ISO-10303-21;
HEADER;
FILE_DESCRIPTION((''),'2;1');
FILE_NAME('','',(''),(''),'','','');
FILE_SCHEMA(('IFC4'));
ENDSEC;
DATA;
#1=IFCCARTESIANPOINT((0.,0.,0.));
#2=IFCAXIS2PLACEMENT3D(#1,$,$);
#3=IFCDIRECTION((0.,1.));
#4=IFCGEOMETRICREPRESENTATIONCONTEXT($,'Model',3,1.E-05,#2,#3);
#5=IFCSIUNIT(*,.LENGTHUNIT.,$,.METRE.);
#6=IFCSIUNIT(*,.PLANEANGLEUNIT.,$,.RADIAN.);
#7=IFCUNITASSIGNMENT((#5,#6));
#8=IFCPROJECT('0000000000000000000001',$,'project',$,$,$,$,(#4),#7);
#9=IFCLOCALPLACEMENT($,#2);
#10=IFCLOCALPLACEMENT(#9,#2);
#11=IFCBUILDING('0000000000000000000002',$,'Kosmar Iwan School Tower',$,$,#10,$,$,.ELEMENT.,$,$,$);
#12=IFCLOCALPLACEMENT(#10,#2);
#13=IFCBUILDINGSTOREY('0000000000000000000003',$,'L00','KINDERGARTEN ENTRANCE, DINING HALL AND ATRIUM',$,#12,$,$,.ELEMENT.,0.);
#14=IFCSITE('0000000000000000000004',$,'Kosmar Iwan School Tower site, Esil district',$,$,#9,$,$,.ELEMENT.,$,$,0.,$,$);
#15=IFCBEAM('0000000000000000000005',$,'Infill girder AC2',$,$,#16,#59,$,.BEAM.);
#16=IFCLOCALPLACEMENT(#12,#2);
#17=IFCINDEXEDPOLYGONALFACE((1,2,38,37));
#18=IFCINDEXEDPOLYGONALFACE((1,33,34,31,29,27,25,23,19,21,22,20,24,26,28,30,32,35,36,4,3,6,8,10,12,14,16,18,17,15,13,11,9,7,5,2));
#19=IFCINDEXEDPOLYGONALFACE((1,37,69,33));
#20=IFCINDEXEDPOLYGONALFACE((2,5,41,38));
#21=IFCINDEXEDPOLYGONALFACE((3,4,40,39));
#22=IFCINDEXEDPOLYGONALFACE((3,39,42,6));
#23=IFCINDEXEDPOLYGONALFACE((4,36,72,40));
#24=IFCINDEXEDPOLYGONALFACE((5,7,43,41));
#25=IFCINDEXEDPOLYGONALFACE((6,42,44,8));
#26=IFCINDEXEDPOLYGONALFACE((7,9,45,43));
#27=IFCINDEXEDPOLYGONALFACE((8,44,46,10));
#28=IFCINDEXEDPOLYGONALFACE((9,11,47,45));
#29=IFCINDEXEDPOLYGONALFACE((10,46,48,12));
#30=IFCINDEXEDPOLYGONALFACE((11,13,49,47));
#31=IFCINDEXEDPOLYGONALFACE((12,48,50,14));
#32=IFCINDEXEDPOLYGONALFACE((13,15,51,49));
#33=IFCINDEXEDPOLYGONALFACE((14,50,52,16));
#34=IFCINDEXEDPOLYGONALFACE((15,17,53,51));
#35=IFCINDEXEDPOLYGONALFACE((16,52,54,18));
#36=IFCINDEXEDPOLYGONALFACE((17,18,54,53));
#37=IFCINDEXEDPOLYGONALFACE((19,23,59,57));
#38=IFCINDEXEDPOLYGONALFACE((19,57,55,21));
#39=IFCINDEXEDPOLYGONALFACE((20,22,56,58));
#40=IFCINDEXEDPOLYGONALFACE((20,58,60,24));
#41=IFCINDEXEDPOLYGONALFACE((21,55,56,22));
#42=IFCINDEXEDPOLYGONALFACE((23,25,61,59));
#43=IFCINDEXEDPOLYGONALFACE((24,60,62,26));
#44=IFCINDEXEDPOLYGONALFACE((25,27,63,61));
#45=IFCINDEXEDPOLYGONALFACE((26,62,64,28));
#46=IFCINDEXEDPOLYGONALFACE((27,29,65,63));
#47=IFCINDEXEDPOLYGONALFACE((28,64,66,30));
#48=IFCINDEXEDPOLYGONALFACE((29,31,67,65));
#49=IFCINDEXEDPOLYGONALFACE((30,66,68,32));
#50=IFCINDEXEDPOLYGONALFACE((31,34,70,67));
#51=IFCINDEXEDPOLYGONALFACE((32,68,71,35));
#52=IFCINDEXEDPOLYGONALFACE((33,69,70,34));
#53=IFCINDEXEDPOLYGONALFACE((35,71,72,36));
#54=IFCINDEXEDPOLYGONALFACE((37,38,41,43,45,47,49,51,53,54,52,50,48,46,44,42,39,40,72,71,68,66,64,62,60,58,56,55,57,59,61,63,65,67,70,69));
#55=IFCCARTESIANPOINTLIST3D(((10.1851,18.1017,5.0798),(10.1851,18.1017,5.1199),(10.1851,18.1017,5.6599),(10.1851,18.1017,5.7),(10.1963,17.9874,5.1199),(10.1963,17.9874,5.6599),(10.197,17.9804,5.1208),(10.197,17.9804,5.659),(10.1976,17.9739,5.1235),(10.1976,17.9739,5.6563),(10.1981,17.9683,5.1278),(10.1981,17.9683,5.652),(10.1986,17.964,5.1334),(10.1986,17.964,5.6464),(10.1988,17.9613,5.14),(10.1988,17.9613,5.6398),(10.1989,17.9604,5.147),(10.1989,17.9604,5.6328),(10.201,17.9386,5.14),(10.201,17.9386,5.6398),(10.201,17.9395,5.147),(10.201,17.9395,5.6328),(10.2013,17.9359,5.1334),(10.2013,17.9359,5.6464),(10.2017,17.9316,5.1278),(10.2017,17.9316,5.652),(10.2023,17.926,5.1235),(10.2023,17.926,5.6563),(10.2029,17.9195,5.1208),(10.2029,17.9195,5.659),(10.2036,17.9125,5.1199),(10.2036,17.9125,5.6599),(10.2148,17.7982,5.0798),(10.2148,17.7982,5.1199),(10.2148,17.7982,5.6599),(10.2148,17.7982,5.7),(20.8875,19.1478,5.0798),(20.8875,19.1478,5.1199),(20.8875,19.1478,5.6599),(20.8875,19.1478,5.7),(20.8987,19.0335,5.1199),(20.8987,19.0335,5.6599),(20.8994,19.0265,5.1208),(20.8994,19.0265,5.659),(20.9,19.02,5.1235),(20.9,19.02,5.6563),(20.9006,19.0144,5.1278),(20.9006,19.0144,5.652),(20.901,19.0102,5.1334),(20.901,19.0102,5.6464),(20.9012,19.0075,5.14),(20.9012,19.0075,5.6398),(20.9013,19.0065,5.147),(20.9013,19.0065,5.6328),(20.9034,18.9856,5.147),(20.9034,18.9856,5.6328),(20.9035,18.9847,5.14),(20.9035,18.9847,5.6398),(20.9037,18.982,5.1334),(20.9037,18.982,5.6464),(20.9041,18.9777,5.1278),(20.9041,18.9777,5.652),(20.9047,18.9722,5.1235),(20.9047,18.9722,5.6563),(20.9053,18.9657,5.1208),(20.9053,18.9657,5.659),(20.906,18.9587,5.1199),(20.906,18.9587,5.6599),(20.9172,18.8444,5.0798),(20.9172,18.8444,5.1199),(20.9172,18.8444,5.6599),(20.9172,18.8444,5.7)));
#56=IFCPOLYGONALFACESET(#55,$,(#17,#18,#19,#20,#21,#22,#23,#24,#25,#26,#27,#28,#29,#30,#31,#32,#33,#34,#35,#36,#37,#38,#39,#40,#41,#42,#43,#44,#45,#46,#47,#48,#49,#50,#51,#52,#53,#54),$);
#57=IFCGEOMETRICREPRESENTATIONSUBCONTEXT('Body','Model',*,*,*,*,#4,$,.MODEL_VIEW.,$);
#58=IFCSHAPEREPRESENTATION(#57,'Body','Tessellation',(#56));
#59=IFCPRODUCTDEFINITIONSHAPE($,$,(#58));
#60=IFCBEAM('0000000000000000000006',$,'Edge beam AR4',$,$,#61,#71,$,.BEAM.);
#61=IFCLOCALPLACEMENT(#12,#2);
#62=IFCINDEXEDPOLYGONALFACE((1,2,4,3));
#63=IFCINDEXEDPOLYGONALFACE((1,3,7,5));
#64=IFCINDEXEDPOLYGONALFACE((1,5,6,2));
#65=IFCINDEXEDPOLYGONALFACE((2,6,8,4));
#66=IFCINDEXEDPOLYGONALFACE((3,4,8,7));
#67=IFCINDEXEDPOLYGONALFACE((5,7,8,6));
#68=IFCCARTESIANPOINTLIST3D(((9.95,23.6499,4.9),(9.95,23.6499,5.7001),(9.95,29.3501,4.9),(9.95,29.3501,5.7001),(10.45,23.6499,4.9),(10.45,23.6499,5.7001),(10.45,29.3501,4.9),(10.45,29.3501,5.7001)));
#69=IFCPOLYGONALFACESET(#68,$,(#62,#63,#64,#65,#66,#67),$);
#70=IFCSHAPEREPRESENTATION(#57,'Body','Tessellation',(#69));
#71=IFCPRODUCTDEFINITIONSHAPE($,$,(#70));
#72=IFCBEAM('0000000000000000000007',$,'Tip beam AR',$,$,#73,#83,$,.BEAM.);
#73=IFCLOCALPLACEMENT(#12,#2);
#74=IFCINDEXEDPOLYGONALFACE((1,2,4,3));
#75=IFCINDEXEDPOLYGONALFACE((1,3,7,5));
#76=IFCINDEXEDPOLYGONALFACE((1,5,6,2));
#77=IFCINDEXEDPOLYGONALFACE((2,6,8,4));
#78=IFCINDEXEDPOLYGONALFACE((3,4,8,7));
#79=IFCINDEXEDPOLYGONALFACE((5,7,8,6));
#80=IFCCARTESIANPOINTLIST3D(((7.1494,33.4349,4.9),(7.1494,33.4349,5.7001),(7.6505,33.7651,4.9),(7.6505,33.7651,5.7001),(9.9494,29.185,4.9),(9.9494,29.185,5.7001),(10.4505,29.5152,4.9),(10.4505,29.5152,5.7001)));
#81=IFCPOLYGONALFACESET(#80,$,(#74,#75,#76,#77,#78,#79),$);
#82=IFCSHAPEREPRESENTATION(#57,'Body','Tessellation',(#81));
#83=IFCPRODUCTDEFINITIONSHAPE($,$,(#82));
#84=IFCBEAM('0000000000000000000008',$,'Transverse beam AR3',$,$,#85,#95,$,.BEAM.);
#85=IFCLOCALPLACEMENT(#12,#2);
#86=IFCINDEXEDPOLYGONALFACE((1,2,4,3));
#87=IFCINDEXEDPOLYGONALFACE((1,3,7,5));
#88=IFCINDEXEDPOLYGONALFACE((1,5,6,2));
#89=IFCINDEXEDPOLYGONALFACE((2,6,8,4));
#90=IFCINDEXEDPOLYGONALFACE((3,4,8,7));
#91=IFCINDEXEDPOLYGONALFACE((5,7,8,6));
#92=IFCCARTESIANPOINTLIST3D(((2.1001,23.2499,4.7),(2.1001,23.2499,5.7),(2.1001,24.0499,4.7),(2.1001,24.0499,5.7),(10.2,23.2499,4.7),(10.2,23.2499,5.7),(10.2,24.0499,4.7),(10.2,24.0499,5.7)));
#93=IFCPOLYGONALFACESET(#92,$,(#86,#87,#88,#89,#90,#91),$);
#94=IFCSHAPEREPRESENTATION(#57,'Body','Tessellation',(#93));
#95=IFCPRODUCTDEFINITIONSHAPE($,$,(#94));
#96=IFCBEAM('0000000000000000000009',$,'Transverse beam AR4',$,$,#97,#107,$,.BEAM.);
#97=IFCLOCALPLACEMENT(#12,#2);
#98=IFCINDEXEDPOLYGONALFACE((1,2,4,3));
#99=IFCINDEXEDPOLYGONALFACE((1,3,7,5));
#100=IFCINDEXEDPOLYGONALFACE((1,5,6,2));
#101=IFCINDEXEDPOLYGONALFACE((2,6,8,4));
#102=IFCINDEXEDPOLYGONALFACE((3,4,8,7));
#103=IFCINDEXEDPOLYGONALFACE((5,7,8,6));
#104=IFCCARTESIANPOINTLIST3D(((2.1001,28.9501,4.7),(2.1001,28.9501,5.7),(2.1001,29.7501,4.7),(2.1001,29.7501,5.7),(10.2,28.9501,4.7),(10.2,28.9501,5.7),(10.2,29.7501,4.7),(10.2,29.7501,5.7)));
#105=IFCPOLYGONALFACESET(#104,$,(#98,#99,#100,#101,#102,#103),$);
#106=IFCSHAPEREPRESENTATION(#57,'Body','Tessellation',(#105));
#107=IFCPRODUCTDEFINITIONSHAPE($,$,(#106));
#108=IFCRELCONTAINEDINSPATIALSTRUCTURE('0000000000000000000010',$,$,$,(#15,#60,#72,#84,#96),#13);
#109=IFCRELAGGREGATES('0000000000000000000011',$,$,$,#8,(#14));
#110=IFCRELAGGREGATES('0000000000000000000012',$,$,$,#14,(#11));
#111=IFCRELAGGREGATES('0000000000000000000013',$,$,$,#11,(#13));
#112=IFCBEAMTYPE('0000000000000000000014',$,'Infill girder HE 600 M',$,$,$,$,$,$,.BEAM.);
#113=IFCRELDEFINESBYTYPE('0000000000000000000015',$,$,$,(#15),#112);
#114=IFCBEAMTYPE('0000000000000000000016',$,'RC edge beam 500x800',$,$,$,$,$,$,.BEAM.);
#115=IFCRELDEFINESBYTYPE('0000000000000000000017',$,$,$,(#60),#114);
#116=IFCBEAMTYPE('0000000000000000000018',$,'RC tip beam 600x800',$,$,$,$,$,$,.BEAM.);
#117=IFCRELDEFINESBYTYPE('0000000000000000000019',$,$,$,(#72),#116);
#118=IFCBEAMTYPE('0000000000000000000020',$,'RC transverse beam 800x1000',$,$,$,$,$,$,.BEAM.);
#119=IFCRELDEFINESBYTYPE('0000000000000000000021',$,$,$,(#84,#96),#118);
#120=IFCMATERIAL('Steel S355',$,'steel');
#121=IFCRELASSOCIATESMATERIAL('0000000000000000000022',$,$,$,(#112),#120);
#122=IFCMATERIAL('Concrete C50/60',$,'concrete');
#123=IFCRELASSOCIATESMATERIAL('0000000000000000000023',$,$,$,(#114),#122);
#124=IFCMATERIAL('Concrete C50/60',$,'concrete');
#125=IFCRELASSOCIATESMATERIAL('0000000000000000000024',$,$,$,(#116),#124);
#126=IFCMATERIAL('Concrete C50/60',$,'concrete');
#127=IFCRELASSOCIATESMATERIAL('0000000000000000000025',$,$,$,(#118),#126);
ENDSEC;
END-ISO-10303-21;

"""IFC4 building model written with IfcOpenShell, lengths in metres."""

from ifc_helpers import new_model, si_unit, direction, frame, origin, origin_2d, place, context, subcontext, project, spatial, rectangle, i_section, extrude, material, material_profile, profile_set, type_object, element, save


model = new_model("IFC4")

# Units and contexts
model_context = context("Model", 3, precision=1e-05, world=origin(), true_north=direction((0.0, 1.0)))
body_context = subcontext(model_context, "Body", "Model", "MODEL_VIEW")
ifc_project = project(units=[si_unit("LENGTHUNIT", "METRE"), si_unit("PLANEANGLEUNIT", "RADIAN")], contexts=[model_context])

# Site, building, storey
site_placement = place(None, origin())
site = spatial("IfcSite", under=ifc_project, at=site_placement, Name="Kosmar Iwan School Tower site, Esil district", CompositionType="ELEMENT", RefElevation=0.0)
building_placement = place(site_placement, origin())
building = spatial("IfcBuilding", under=site, at=building_placement, Name="Kosmar Iwan School Tower", CompositionType="ELEMENT")
storey_placement = place(building_placement, origin())
storey = spatial("IfcBuildingStorey", under=building, at=storey_placement, Name="L00", Description="KINDERGARTEN ENTRANCE, DINING HALL AND ATRIUM", CompositionType="ELEMENT", Elevation=0.0)

# Beams
ifc_material_1 = material(Name="Steel S355", Category="steel")
ifc_material_profile_1 = material_profile(ifc_material_1, i_section(OverallWidth=0.3049, OverallDepth=0.6201, WebThickness=0.021, FlangeThickness=0.04, FilletRadius=0.0271, at=origin_2d()), Name="HE 600 M")
ifc_profile_set_1 = profile_set([ifc_material_profile_1], Name="Steel S355")
beam_type_1 = type_object("IfcBeamType", Name="Infill girder HE 600 M", PredefinedType="BEAM", material=ifc_profile_set_1)
beam_1_placement = place(storey_placement, frame((20.9023, 18.9961, 5.3899), z_axis=(-0.995257, -0.097285, 0.0), x_axis=(0.097285, -0.995257, 0.0)))
element("IfcBeam", 1, at=beam_1_placement, inside=storey, type_object=beam_type_1, Name="Infill girder AC2", PredefinedType="BEAM", context=body_context, shape_type="SweptSolid", body=[
    extrude(i_section(OverallWidth=0.3049, OverallDepth=0.6201, WebThickness=0.021, FlangeThickness=0.04, FilletRadius=0.0271, at=origin_2d()), origin(), (0.0, 0.0, 1.0), 10.7534),
])
ifc_material_2 = material(Name="Concrete C50/60", Category="concrete")
ifc_material_profile_2 = material_profile(ifc_material_2, rectangle(XDim=0.5, YDim=0.8, at=origin_2d()), Name="RC 500x800")
ifc_profile_set_2 = profile_set([ifc_material_profile_2], Name="Concrete C50/60")
beam_type_2 = type_object("IfcBeamType", Name="RC edge beam 500x800", PredefinedType="BEAM", material=ifc_profile_set_2)
beam_2_placement = place(storey_placement, frame((10.2, 23.6499, 5.3), z_axis=(0.0, 1.0, 0.0), x_axis=(-1.0, 0.0, 0.0)))
element("IfcBeam", 2, at=beam_2_placement, inside=storey, type_object=beam_type_2, Name="Edge beam AR4", PredefinedType="BEAM", context=body_context, shape_type="SweptSolid", body=[
    extrude(rectangle(XDim=0.5, YDim=0.8, at=origin_2d()), origin(), (0.0, 0.0, 1.0), 5.7002),
])
ifc_material_3 = material(Name="Concrete C50/60", Category="concrete")
ifc_material_profile_3 = material_profile(ifc_material_3, rectangle(XDim=0.6001, YDim=0.8, at=origin_2d()), Name="RC 600x800")
ifc_profile_set_3 = profile_set([ifc_material_profile_3], Name="Concrete C50/60")
beam_type_3 = type_object("IfcBeamType", Name="RC tip beam 600x800", PredefinedType="BEAM", material=ifc_profile_set_3)
beam_3_placement = place(storey_placement, frame((10.2, 29.3501, 5.3), z_axis=(-0.550164, 0.835056, 0.0), x_axis=(-0.835056, -0.550164, 0.0)))
element("IfcBeam", 3, at=beam_3_placement, inside=storey, type_object=beam_type_3, Name="Tip beam AR", PredefinedType="BEAM", context=body_context, shape_type="SweptSolid", body=[
    extrude(rectangle(XDim=0.6001, YDim=0.8, at=origin_2d()), origin(), (0.0, 0.0, 1.0), 5.0894),
])
ifc_material_4 = material(Name="Concrete C50/60", Category="concrete")
ifc_material_profile_4 = material_profile(ifc_material_4, rectangle(XDim=0.8, YDim=1.0, at=origin_2d()), Name="RC 800x1000")
ifc_profile_set_4 = profile_set([ifc_material_profile_4], Name="Concrete C50/60")
beam_type_4 = type_object("IfcBeamType", Name="RC transverse beam 800x1000", PredefinedType="BEAM", material=ifc_profile_set_4)
for number, where, z_axis, x_axis, name in (
    (4, (10.2, 23.6499, 5.2), (-1.0, 0.0, 0.0), (0.0, -1.0, 0.0), "Transverse beam AR3"),
    (5, (10.2, 29.3501, 5.2), (-1.0, 0.0, 0.0), (0.0, -1.0, 0.0), "Transverse beam AR4"),
):
    element("IfcBeam", number, at=place(storey_placement, frame(where, z_axis=z_axis, x_axis=x_axis)), inside=storey, type_object=beam_type_4, Name=name, PredefinedType="BEAM", context=body_context, shape_type="SweptSolid", body=[
        extrude(rectangle(XDim=0.8, YDim=1.0, at=origin_2d()), origin(), (0.0, 0.0, 1.0), 8.0999),
    ])

save(model, "model.ifc")
